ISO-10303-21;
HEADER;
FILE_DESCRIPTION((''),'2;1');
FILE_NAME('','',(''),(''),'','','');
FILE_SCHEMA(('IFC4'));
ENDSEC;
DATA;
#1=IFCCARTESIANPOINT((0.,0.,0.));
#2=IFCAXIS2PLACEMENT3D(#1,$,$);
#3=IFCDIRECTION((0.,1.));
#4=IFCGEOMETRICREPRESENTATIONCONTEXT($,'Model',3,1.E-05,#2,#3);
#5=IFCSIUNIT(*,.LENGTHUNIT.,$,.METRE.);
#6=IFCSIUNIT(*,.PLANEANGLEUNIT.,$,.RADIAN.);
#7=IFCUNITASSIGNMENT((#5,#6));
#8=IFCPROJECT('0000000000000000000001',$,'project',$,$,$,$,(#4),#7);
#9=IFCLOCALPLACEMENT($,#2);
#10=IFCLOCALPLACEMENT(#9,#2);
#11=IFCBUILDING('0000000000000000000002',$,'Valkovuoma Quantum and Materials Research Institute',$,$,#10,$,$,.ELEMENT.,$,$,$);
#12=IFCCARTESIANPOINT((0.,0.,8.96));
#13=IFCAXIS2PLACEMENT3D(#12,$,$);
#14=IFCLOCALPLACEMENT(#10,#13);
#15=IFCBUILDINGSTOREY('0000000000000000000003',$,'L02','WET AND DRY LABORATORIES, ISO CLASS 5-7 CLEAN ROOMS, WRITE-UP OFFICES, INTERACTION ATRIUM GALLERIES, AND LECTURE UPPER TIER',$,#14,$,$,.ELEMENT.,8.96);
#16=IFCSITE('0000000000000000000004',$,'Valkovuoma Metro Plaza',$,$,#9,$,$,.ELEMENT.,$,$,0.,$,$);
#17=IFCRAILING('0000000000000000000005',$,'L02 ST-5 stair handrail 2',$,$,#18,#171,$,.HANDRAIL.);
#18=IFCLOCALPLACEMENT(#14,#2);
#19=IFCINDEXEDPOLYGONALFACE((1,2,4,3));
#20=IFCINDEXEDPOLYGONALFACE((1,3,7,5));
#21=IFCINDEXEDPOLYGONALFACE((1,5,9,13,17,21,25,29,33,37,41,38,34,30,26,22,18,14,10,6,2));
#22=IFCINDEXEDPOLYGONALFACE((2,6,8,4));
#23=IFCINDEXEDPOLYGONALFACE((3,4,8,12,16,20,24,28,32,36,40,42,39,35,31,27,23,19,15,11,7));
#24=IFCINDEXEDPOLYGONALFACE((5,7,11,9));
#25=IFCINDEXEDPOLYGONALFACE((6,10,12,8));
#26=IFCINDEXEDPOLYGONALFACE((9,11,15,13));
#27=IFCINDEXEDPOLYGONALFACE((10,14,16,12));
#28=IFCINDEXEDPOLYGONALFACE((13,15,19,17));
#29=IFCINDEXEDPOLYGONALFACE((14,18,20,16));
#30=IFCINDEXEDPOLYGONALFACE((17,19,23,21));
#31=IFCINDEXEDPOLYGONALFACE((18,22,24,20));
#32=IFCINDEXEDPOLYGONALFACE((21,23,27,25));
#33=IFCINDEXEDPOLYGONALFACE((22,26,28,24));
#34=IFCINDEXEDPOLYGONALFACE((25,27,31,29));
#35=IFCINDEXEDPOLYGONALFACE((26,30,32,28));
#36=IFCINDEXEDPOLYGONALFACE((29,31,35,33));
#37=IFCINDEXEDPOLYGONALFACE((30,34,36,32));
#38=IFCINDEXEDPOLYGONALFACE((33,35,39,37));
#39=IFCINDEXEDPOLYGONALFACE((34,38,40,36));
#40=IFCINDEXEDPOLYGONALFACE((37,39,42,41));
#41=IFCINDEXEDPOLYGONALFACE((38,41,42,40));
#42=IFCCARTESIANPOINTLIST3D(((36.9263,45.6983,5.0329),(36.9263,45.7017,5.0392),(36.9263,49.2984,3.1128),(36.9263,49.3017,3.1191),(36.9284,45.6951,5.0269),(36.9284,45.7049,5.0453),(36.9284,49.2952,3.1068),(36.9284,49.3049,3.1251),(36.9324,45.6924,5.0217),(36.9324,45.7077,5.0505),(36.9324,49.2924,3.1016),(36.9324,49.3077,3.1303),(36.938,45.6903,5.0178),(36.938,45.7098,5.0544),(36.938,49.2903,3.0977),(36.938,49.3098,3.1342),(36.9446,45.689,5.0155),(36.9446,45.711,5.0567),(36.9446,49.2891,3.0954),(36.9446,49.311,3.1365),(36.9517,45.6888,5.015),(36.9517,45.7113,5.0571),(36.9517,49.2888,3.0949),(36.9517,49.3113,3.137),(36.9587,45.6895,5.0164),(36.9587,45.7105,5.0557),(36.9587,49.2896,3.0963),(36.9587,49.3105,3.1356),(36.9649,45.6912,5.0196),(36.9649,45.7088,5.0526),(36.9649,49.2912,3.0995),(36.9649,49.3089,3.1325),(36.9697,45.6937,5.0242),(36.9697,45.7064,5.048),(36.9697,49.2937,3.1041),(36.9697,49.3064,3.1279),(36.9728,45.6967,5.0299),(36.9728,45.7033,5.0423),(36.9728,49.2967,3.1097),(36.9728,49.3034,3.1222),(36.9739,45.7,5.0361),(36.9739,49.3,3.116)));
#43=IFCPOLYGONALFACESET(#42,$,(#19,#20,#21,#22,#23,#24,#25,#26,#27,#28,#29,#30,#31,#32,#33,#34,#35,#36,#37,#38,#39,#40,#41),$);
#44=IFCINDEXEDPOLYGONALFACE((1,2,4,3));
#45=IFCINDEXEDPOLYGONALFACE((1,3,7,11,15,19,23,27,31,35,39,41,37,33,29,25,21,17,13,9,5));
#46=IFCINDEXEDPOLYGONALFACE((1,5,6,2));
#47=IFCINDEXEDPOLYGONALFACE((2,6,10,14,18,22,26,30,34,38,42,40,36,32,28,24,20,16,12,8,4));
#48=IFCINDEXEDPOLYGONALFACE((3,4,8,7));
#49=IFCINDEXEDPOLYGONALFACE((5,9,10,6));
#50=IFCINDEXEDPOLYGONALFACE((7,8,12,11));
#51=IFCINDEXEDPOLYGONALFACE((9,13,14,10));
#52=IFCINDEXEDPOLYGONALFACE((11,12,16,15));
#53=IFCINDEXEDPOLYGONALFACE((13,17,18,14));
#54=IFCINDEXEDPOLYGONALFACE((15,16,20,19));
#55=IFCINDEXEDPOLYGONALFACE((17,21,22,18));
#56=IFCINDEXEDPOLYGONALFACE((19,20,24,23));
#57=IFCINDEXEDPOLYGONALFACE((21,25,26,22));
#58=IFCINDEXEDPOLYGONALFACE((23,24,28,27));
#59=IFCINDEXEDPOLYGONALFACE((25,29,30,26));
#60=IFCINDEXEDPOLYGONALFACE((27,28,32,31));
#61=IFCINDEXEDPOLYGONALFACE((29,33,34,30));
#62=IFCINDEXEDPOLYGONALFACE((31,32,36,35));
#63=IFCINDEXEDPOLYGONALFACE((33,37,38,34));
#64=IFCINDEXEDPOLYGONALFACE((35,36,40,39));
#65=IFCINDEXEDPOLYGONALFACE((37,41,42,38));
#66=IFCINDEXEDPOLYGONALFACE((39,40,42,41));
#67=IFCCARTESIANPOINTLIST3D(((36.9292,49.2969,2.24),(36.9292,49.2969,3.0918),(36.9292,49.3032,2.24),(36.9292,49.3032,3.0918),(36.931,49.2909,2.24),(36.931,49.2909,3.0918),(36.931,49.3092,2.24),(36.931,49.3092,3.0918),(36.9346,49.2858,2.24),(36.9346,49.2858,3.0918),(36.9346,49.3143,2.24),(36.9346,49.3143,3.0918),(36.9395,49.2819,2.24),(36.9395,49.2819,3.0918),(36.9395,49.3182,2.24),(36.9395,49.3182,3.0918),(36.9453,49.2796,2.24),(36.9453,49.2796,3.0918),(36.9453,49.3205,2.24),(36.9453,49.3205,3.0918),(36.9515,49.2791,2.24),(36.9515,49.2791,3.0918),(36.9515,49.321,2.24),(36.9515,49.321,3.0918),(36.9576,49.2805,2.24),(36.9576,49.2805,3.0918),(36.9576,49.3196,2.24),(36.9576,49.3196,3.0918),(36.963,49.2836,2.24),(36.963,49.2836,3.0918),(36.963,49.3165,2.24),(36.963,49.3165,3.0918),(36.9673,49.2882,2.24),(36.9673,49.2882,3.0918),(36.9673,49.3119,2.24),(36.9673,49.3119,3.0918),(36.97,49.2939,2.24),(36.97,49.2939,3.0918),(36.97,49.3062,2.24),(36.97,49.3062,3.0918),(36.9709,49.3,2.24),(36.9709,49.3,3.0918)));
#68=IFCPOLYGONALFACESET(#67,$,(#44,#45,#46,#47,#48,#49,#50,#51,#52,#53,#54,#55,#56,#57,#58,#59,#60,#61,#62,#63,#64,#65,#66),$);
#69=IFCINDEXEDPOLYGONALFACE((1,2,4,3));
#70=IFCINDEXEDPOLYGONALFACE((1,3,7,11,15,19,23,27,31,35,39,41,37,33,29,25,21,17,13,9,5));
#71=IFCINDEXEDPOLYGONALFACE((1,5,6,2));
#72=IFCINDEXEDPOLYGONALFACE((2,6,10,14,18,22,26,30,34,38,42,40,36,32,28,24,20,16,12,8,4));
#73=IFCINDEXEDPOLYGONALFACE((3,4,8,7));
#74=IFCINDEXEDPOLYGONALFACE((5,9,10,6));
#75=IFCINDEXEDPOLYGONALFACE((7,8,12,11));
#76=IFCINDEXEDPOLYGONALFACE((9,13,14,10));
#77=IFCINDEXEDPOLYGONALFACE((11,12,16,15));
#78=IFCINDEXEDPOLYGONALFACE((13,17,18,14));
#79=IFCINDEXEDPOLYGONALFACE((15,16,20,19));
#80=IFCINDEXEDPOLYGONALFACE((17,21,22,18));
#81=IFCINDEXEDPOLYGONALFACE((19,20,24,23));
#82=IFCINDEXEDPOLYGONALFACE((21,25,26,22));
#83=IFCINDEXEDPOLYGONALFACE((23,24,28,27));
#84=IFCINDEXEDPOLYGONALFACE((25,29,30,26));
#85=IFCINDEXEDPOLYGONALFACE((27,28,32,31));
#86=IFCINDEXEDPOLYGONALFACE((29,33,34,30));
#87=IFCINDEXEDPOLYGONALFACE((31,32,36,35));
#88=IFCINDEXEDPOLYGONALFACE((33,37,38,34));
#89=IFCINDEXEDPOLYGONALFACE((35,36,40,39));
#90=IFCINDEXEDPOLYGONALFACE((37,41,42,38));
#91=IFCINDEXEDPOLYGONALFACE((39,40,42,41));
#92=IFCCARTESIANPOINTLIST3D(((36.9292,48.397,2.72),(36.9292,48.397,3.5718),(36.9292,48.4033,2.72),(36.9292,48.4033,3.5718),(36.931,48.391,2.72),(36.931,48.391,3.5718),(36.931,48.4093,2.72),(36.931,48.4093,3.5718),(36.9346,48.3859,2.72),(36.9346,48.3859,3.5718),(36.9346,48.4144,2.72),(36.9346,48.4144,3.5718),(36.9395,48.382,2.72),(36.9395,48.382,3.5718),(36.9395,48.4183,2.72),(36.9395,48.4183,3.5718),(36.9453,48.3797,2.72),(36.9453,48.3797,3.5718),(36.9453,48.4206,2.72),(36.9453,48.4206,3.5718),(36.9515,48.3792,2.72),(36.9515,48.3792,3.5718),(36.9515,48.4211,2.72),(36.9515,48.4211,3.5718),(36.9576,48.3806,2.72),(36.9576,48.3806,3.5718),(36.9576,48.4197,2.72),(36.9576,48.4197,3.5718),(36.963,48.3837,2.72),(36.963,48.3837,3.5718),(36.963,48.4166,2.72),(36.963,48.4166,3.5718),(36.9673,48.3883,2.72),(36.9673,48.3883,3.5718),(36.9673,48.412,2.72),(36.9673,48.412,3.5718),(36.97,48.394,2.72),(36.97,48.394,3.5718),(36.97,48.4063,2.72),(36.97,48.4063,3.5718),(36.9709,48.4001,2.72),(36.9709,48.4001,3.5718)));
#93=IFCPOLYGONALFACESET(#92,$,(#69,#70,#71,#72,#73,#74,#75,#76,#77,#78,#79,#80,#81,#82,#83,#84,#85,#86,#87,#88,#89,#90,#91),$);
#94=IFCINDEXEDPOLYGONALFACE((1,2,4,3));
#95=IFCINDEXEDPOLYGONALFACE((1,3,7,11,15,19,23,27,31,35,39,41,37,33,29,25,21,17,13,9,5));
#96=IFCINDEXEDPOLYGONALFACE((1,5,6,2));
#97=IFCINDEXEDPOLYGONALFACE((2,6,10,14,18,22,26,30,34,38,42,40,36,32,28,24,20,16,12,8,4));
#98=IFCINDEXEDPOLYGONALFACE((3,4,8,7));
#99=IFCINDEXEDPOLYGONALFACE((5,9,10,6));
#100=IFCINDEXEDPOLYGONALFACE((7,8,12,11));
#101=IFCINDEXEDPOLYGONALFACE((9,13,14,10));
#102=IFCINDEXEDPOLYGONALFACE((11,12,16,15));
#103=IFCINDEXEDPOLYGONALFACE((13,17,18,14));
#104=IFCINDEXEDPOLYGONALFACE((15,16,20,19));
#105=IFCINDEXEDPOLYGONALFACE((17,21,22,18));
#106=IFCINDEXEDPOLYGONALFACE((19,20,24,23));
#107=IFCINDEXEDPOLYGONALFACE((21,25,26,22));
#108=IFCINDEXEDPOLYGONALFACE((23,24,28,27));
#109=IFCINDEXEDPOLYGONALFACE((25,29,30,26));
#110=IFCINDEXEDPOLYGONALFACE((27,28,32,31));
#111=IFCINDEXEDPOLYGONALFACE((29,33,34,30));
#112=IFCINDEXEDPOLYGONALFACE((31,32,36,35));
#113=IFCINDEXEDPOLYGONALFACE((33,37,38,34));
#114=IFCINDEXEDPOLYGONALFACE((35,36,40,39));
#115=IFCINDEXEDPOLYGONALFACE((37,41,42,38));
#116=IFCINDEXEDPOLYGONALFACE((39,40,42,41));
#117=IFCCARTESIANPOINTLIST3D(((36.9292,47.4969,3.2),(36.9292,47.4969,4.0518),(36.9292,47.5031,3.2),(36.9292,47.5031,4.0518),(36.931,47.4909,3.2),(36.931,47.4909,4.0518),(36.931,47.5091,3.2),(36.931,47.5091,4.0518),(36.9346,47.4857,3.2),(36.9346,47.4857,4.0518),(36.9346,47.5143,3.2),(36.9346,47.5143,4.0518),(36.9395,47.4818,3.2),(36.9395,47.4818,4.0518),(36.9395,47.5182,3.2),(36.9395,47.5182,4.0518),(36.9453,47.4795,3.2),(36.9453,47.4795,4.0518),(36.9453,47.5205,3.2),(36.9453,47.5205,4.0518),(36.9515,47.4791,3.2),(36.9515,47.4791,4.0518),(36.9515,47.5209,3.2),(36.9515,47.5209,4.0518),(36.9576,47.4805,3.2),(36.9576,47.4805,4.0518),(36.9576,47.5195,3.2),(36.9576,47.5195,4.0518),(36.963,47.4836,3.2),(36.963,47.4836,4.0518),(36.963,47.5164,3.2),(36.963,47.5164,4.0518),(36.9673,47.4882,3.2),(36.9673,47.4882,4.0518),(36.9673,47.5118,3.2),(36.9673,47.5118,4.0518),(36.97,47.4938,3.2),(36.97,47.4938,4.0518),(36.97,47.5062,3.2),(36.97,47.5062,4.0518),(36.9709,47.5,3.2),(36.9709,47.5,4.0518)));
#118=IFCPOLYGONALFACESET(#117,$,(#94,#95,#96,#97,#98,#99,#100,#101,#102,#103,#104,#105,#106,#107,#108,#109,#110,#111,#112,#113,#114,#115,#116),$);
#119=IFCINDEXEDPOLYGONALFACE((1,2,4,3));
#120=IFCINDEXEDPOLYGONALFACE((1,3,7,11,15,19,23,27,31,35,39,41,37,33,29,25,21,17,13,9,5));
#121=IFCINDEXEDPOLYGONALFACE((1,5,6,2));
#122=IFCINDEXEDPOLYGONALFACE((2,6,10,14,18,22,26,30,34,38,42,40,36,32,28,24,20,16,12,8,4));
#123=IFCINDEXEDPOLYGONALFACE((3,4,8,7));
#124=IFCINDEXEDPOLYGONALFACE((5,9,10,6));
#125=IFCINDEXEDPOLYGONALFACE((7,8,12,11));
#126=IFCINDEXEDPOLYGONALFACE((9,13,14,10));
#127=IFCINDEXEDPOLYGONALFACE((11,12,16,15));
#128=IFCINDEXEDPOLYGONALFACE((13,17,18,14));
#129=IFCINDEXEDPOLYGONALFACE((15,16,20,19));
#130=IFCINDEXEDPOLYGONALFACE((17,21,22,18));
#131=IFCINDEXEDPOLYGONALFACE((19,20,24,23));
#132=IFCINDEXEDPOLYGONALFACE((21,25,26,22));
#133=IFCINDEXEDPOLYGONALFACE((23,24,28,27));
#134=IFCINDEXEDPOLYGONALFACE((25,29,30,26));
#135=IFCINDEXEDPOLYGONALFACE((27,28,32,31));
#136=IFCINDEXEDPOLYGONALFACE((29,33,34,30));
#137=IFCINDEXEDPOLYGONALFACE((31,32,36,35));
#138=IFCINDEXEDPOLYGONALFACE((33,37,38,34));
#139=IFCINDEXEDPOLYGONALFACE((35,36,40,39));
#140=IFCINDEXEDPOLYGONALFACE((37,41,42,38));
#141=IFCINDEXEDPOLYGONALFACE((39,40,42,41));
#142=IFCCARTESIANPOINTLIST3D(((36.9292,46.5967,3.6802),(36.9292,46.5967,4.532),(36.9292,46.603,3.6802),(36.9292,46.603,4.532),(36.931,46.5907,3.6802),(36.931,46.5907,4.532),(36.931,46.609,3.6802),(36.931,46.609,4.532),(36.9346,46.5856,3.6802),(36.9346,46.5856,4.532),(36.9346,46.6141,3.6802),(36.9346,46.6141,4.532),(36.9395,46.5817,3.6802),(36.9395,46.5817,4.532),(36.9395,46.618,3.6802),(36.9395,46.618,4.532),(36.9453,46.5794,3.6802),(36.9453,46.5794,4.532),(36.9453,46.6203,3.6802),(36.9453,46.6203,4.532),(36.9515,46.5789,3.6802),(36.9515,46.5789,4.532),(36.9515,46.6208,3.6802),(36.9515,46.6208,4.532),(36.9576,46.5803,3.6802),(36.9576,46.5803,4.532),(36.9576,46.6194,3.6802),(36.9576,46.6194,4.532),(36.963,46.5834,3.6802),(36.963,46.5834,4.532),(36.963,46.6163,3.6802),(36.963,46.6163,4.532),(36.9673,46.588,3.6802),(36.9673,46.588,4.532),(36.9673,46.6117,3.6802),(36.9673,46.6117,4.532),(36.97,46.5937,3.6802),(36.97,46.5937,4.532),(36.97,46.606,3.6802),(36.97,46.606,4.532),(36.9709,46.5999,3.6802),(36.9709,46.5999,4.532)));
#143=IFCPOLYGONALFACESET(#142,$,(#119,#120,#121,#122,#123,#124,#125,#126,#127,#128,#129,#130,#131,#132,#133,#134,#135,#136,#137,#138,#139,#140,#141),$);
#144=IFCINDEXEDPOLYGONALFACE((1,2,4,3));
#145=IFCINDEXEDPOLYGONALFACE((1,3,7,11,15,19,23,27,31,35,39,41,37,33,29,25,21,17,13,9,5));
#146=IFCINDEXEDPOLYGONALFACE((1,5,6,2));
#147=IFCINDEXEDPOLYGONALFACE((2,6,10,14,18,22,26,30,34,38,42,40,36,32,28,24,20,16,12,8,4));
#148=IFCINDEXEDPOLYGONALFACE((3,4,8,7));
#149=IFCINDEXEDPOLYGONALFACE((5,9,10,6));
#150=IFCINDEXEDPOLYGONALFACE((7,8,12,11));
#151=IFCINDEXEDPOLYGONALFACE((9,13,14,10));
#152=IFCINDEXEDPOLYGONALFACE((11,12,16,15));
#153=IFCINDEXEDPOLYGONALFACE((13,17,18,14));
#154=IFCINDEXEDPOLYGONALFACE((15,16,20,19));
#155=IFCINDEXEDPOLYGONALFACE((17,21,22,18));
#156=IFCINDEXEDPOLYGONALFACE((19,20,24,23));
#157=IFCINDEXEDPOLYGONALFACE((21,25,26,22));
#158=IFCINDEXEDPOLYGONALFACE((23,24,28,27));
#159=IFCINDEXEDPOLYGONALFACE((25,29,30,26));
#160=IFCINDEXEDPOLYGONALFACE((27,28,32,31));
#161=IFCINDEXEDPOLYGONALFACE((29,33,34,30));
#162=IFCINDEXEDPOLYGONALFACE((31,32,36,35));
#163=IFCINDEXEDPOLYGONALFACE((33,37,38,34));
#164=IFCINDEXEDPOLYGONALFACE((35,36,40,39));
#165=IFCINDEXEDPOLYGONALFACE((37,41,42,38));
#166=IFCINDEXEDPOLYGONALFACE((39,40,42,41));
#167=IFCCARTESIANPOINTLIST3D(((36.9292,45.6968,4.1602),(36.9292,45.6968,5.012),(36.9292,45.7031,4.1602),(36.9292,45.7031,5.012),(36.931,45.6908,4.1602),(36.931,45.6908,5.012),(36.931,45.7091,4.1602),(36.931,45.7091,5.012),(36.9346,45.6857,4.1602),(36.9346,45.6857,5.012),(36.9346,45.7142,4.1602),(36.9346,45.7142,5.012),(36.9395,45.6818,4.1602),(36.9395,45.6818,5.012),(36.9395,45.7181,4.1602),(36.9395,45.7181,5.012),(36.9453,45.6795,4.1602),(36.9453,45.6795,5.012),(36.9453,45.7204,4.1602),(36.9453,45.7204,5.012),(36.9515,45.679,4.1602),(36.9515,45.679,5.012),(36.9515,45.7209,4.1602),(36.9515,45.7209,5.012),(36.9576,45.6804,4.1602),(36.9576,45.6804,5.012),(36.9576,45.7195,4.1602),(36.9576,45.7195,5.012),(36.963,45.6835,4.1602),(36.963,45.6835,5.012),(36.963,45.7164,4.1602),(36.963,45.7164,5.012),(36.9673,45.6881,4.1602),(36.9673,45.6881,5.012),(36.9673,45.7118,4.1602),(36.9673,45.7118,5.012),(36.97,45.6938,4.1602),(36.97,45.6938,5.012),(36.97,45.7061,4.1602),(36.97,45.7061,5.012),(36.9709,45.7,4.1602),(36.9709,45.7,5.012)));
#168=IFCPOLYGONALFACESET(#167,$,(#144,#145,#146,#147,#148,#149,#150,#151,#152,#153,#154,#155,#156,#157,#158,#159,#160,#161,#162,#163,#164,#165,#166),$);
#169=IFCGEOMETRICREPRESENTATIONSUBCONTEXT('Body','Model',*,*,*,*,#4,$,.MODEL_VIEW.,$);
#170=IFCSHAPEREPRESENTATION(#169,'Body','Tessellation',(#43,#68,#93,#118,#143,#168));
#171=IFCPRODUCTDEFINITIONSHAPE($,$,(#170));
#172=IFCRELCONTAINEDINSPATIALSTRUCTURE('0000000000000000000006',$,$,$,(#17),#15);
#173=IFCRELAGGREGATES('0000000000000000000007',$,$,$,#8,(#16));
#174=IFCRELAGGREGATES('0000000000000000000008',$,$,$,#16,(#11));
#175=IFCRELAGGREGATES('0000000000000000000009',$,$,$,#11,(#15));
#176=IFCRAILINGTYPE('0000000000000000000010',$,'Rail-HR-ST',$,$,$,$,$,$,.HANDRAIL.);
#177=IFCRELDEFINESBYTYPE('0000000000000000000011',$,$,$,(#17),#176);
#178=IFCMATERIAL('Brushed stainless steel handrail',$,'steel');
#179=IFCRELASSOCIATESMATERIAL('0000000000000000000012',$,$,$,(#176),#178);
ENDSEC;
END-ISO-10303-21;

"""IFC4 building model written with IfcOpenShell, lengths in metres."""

from ifc_helpers import new_model, si_unit, direction, frame, origin, origin_2d, place, context, subcontext, project, spatial, circle, extrude, material, type_object, element, save


model = new_model("IFC4")

# Units and contexts
model_context = context("Model", 3, precision=1e-05, world=origin(), true_north=direction((0.0, 1.0)))
body_context = subcontext(model_context, "Body", "Model", "MODEL_VIEW")
ifc_project = project(units=[si_unit("LENGTHUNIT", "METRE"), si_unit("PLANEANGLEUNIT", "RADIAN")], contexts=[model_context])

# Site, building, storey
site_placement = place(None, origin())
site = spatial("IfcSite", under=ifc_project, at=site_placement, Name="Valkovuoma Metro Plaza", CompositionType="ELEMENT", RefElevation=0.0)
building_placement = place(site_placement, origin())
building = spatial("IfcBuilding", under=site, at=building_placement, Name="Valkovuoma Quantum and Materials Research Institute", CompositionType="ELEMENT")
storey_placement = place(building_placement, frame((0.0, 0.0, 8.96)))
storey = spatial("IfcBuildingStorey", under=building, at=storey_placement, Name="L02", Description="WET AND DRY LABORATORIES, ISO CLASS 5-7 CLEAN ROOMS, WRITE-UP OFFICES, INTERACTION ATRIUM GALLERIES, AND LECTURE UPPER TIER", CompositionType="ELEMENT", Elevation=8.96)

# Railing
ifc_material_1 = material(Name="Brushed stainless steel handrail", Category="steel")
railing_type_1 = type_object("IfcRailingType", Name="Rail-HR-ST", PredefinedType="HANDRAIL", material=ifc_material_1)
railing_1_placement = place(storey_placement, frame((36.95, 49.3, 2.24)))
element("IfcRailing", 1, at=railing_1_placement, inside=storey, type_object=railing_type_1, Name="L02 ST-5 stair handrail 2", PredefinedType="HANDRAIL", context=body_context, shape_type="SweptSolid", body=[
    extrude(circle(Radius=0.0239, at=origin_2d()), frame((0.0, 0.0, 0.876), z_axis=(0.0, -0.882341, 0.47061), x_axis=(1.0, 0.0, 0.0)), (0.0, 0.0, 1.0), 4.0801),
    extrude(circle(Radius=0.021, at=origin_2d()), origin(), (0.0, 0.0, 1.0), 0.8518),
    extrude(circle(Radius=0.021, at=origin_2d()), frame((0.0, -0.8999, 0.48)), (0.0, 0.0, 1.0), 0.8518),
    extrude(circle(Radius=0.021, at=origin_2d()), frame((0.0, -1.8, 0.96)), (0.0, 0.0, 1.0), 0.8518),
    extrude(circle(Radius=0.021, at=origin_2d()), frame((0.0, -2.7002, 1.4402)), (0.0, 0.0, 1.0), 0.8518),
    extrude(circle(Radius=0.021, at=origin_2d()), frame((0.0, -3.6001, 1.9202)), (0.0, 0.0, 1.0), 0.8518),
])

save(model, "model.ifc")
